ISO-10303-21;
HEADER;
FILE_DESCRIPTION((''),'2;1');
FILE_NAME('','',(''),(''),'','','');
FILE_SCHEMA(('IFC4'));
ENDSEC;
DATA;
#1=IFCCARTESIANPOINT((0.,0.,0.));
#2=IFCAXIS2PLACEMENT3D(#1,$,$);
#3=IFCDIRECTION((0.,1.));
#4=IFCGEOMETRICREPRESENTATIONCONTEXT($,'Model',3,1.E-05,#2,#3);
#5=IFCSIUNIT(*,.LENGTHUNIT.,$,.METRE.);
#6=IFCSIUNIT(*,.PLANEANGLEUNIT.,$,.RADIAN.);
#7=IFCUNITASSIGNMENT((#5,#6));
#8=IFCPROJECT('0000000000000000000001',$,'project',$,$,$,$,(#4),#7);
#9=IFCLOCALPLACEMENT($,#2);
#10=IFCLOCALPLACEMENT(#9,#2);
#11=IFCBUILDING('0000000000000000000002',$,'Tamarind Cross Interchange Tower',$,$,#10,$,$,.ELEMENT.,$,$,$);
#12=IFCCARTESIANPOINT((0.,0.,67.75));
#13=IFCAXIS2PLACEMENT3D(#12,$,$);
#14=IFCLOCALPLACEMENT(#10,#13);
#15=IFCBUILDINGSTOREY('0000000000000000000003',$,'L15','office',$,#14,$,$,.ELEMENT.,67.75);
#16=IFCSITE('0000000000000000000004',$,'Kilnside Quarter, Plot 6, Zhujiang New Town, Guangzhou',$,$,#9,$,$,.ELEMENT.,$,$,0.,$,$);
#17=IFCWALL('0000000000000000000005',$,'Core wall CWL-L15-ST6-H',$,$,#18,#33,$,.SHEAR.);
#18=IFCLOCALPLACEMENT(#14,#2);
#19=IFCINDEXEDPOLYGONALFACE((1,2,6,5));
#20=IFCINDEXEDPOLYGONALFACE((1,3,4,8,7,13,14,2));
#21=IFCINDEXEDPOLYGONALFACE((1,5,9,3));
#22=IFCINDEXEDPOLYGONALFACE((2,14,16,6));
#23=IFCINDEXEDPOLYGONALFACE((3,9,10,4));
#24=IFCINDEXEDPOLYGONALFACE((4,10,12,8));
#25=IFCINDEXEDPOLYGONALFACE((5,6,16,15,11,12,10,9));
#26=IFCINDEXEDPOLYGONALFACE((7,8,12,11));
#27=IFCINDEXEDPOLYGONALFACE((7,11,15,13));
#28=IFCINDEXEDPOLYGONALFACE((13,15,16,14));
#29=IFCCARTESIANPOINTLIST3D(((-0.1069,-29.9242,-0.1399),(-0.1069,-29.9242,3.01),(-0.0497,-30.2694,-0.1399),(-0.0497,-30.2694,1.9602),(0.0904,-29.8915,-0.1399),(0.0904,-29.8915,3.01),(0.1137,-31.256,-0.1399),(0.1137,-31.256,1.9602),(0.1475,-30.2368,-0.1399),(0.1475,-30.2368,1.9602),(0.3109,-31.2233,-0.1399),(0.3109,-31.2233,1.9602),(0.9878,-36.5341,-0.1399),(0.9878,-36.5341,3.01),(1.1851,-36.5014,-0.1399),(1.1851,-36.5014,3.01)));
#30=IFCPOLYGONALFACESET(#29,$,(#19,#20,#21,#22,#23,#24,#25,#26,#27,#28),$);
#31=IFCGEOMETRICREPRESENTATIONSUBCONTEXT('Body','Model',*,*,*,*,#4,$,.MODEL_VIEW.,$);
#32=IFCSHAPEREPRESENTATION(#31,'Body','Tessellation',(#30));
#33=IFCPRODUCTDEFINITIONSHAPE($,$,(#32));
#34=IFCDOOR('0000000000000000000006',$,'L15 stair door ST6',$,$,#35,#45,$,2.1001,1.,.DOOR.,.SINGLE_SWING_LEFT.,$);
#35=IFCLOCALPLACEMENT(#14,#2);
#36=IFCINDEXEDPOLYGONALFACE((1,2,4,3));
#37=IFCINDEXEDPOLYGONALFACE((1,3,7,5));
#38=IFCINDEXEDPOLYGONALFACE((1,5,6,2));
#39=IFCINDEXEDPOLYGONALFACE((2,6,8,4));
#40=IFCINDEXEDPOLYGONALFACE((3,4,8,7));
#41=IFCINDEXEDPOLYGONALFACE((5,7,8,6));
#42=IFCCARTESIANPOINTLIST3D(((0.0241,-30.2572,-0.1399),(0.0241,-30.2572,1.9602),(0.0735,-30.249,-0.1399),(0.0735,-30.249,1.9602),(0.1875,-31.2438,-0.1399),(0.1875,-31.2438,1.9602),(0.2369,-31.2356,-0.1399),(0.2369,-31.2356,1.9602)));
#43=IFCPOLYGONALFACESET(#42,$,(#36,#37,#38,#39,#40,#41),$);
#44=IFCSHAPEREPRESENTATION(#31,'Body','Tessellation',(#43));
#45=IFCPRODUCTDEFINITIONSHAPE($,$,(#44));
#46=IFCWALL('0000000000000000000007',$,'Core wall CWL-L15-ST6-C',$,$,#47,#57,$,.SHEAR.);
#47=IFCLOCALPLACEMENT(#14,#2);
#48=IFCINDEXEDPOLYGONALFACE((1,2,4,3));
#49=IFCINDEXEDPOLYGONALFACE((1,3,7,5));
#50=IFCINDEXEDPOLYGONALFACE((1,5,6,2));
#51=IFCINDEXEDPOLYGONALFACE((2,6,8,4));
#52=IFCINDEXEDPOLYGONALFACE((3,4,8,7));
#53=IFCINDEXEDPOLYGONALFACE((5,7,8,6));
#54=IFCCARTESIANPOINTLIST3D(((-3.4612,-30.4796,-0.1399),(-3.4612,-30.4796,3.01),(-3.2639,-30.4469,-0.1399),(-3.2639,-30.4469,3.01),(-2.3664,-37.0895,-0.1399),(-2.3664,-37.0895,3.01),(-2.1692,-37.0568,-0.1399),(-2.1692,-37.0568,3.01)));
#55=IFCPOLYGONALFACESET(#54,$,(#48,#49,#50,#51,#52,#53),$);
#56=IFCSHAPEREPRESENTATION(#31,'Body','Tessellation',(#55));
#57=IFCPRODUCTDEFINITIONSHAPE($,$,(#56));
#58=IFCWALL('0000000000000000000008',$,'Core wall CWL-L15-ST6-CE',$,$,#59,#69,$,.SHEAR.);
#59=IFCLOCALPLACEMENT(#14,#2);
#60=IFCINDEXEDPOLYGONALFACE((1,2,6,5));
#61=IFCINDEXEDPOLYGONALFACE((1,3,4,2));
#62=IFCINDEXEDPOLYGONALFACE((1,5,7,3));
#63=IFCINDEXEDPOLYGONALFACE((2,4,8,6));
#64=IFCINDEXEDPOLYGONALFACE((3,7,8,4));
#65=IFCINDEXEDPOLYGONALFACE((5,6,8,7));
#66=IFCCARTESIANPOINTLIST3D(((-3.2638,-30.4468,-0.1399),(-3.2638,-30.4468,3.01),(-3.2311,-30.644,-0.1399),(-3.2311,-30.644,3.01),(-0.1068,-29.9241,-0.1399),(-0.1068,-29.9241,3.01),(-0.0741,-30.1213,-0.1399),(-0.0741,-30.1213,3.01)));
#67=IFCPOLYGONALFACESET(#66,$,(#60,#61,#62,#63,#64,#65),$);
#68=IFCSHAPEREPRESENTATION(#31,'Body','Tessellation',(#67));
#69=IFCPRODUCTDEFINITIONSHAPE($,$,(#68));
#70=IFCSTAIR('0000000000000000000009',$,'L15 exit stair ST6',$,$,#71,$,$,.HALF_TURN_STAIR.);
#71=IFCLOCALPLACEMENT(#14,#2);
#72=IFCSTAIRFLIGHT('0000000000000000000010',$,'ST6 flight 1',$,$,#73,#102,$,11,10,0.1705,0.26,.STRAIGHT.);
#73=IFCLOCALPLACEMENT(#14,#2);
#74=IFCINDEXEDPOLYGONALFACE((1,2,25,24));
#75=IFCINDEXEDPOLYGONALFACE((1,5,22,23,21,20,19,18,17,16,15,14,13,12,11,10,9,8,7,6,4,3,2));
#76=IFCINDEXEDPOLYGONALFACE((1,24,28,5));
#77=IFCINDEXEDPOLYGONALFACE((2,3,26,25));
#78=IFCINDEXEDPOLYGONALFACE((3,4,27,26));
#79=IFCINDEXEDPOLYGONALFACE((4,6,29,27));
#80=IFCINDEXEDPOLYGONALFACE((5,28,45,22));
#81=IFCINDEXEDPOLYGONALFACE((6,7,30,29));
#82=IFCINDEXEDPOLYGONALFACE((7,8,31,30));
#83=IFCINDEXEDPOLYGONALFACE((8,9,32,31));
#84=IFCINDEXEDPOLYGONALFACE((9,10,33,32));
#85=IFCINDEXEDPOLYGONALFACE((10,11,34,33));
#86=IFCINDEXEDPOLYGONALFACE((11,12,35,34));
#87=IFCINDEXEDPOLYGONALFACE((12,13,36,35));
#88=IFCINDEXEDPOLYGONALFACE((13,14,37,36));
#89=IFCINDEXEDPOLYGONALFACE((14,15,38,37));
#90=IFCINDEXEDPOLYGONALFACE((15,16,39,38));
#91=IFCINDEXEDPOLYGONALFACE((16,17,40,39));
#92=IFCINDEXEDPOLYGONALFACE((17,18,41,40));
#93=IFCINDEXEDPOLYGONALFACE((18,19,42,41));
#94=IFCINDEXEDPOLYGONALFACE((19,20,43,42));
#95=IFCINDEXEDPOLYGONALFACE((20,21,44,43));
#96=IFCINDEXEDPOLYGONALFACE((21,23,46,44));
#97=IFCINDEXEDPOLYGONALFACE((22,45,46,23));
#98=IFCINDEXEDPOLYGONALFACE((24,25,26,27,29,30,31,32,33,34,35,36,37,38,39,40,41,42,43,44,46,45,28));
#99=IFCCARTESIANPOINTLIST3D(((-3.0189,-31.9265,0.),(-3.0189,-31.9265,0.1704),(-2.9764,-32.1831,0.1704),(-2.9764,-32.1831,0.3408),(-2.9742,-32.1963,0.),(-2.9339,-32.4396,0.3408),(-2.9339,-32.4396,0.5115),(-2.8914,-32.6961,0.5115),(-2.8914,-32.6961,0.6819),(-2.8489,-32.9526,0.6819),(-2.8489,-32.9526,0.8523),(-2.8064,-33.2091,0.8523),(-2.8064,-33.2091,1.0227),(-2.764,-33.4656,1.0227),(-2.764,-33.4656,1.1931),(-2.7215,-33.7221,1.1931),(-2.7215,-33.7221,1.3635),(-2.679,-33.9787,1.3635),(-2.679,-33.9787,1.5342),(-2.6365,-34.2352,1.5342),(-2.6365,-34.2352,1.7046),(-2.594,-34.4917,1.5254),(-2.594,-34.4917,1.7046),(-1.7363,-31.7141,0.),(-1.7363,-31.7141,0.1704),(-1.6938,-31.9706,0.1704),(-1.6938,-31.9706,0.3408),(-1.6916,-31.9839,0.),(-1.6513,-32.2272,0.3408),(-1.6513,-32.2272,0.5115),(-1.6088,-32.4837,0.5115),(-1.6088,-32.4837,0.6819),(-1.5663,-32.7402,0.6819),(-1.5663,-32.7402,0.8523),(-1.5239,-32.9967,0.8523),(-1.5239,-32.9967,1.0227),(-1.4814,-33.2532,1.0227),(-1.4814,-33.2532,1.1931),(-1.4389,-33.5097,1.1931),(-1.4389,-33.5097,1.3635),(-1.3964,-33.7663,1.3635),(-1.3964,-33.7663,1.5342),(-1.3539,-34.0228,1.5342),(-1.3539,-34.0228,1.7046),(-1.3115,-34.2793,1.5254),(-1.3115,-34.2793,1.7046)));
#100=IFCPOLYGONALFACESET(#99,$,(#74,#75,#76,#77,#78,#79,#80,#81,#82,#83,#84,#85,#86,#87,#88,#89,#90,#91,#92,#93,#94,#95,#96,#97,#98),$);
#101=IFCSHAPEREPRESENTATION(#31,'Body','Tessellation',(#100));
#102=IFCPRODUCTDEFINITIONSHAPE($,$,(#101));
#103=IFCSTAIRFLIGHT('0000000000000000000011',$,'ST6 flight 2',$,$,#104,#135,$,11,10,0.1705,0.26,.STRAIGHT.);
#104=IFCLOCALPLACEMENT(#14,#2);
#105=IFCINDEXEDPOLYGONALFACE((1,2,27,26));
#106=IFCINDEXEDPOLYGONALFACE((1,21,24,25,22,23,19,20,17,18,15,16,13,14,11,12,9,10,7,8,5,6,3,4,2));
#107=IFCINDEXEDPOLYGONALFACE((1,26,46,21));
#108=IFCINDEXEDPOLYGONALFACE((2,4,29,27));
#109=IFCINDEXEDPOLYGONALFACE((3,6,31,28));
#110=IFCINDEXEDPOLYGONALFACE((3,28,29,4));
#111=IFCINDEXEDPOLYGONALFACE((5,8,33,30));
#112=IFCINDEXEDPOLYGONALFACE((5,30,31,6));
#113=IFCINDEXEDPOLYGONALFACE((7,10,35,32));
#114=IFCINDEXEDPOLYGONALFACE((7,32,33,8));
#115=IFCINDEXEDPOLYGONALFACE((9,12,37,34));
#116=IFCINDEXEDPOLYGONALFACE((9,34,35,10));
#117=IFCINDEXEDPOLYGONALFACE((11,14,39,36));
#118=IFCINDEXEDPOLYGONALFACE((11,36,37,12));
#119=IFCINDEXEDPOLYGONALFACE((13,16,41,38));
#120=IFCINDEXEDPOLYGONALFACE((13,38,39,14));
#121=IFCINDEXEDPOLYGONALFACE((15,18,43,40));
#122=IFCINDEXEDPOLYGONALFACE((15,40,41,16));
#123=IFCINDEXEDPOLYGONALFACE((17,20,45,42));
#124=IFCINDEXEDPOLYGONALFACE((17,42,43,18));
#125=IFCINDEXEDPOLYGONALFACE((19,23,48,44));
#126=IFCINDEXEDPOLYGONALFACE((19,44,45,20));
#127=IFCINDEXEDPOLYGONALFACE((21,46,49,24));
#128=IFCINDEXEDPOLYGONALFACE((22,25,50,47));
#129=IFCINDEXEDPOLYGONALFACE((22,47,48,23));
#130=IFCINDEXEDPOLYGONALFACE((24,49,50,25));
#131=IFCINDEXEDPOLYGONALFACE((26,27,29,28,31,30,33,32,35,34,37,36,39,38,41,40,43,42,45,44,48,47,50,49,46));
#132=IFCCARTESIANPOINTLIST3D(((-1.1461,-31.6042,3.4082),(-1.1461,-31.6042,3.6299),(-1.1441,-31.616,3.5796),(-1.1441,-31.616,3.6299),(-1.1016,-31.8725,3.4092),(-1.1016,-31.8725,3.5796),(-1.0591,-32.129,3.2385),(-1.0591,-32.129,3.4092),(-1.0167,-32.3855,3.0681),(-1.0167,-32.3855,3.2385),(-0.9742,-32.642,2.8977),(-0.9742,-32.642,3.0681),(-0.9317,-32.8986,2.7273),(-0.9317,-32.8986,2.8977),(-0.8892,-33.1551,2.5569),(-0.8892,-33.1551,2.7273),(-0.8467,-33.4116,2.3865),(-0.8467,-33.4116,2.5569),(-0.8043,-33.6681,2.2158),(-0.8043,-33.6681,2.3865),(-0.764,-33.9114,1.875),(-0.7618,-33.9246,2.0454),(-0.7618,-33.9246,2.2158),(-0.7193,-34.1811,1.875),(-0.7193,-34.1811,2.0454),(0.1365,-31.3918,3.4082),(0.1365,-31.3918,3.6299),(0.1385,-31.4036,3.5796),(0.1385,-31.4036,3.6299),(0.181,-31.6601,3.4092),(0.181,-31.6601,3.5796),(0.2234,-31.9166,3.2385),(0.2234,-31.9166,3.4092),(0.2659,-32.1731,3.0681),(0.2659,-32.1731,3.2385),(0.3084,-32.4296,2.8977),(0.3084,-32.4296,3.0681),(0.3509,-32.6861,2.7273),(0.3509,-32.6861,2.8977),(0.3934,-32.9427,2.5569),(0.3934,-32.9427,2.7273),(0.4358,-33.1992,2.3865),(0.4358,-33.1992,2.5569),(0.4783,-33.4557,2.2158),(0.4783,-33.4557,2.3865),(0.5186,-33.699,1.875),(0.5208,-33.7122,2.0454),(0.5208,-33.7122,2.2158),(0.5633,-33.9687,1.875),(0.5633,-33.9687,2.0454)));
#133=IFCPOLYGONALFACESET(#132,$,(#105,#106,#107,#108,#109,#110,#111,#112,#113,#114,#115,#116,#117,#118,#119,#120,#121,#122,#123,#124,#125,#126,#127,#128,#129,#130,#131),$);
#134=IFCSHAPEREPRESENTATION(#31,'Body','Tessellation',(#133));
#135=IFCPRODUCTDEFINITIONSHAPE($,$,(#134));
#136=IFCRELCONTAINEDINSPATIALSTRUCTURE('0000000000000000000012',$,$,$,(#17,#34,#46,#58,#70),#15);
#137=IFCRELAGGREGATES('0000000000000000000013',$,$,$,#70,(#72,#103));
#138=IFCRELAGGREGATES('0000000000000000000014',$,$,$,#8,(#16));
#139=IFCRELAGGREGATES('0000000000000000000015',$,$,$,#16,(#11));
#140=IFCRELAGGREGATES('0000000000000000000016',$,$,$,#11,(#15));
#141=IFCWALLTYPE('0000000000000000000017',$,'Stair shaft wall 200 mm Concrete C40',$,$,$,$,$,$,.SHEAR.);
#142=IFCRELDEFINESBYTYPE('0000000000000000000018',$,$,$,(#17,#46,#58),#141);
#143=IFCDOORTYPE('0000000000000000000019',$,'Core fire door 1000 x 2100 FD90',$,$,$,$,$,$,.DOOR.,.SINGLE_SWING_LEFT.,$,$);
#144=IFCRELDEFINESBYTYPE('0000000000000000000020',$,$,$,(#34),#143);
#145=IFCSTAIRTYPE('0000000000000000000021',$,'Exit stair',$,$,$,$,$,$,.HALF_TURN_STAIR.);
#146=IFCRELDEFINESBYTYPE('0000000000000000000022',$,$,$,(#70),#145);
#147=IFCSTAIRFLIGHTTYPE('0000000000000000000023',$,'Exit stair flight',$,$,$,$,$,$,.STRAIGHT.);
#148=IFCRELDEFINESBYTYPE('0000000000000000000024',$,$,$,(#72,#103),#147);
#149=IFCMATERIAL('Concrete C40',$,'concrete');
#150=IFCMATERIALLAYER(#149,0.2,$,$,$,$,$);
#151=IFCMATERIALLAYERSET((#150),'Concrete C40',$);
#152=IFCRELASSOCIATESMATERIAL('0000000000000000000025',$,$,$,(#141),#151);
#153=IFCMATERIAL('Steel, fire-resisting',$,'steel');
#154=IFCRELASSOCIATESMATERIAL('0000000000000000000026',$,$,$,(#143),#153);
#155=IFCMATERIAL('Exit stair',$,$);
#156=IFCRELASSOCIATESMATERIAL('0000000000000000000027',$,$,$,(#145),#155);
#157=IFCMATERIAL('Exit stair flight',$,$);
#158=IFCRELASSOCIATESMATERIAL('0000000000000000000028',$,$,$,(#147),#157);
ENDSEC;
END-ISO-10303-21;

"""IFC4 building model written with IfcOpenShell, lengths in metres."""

from ifc_helpers import new_model, si_unit, direction, frame, frame_2d, origin, place, context, subcontext, project, spatial, polyline, rectangle, outline, extrude, material, layer, layer_set, type_object, element, fill, aggregate, save


model = new_model("IFC4")

# Units and contexts
model_context = context("Model", 3, precision=1e-05, world=origin(), true_north=direction((0.0, 1.0)))
body_context = subcontext(model_context, "Body", "Model", "MODEL_VIEW")
ifc_project = project(units=[si_unit("LENGTHUNIT", "METRE"), si_unit("PLANEANGLEUNIT", "RADIAN")], contexts=[model_context])

# Site, building, storey
site_placement = place(None, origin())
site = spatial("IfcSite", under=ifc_project, at=site_placement, Name="Kilnside Quarter, Plot 6, Zhujiang New Town, Guangzhou", CompositionType="ELEMENT", RefElevation=0.0)
building_placement = place(site_placement, origin())
building = spatial("IfcBuilding", under=site, at=building_placement, Name="Tamarind Cross Interchange Tower", CompositionType="ELEMENT")
storey_placement = place(building_placement, frame((0.0, 0.0, 67.75)))
storey = spatial("IfcBuildingStorey", under=building, at=storey_placement, Name="L15", Description="office", CompositionType="ELEMENT", Elevation=67.75)

# Shared definitions
ifc_material_1 = material(Name="Concrete C40", Category="concrete")

# Wall, opening, door
ifc_layer_1 = layer(ifc_material_1, 0.2)
ifc_layer_set_1 = layer_set([ifc_layer_1], Name="Concrete C40")
wall_type_1 = type_object("IfcWallType", Name="Stair shaft wall 200 mm Concrete C40", PredefinedType="SHEAR", material=ifc_layer_set_1)
wall_1_placement = place(storey_placement, frame((-0.0083, -29.9077, -0.1399), z_axis=(0.0, 0.0, 1.0), x_axis=(0.163394, -0.986561, 0.0)))
wall_1 = element("IfcWall", 1, at=wall_1_placement, inside=storey, type_object=wall_type_1, Name="Core wall CWL-L15-ST6-H", PredefinedType="SHEAR", context=body_context, shape_type="SweptSolid", body=[
    extrude(rectangle(XDim=6.7, YDim=0.2, at=frame_2d((3.3501, 0.0))), origin(), (0.0, 0.0, 1.0), 3.1499),
])
opening_1_placement = place(wall_1_placement, frame((0.3501, 0.0, 0.0)))
opening_1 = element("IfcOpeningElement", 2, at=opening_1_placement, cuts=wall_1, PredefinedType="OPENING", context=body_context, shape_type="SweptSolid", body=[
    extrude(rectangle(XDim=1.0, YDim=2.1001, at=frame_2d((0.5, 1.05))), frame((0.0, 0.1099, 0.0), z_axis=(0.0, -1.0, 0.0), x_axis=(1.0, 0.0, 0.0)), (0.0, 0.0, 1.0), 0.22),
])
ifc_material_2 = material(Name="Steel, fire-resisting", Category="steel")
door_type_1 = type_object("IfcDoorType", Name="Core fire door 1000 x 2100 FD90", OperationType="SINGLE_SWING_LEFT", PredefinedType="DOOR", material=ifc_material_2)
door_1_placement = place(opening_1_placement, origin())
door_1 = element("IfcDoor", 3, at=door_1_placement, inside=storey, type_object=door_type_1, Name="L15 stair door ST6", OperationType="SINGLE_SWING_LEFT", OverallHeight=2.1001, OverallWidth=1.0, PredefinedType="DOOR", context=body_context, shape_type="SweptSolid", body=[
    extrude(rectangle(XDim=1.0, YDim=2.1001, at=frame_2d((0.5, 1.05))), frame((0.0, 0.0249, 0.0), z_axis=(0.0, -1.0, 0.0), x_axis=(1.0, 0.0, 0.0)), (0.0, 0.0, 1.0), 0.05),
])
fill(opening_1, door_1)

# Walls
wall_2_placement = place(storey_placement, frame((-3.3625, -30.4631, -0.1399), z_axis=(0.0, 0.0, 1.0), x_axis=(0.163394, -0.986561, 0.0)))
element("IfcWall", 4, at=wall_2_placement, inside=storey, type_object=wall_type_1, Name="Core wall CWL-L15-ST6-C", PredefinedType="SHEAR", context=body_context, shape_type="SweptSolid", body=[
    extrude(rectangle(XDim=6.7, YDim=0.2, at=frame_2d((3.3501, 0.0))), origin(), (0.0, 0.0, 1.0), 3.1499),
])
wall_3_placement = place(storey_placement, frame((-3.2476, -30.5454, -0.1399), z_axis=(0.0, 0.0, 1.0), x_axis=(0.986569, 0.163347, 0.0)))
element("IfcWall", 5, at=wall_3_placement, inside=storey, type_object=wall_type_1, Name="Core wall CWL-L15-ST6-CE", PredefinedType="SHEAR", context=body_context, shape_type="SweptSolid", body=[
    extrude(rectangle(XDim=3.2, YDim=0.2, at=frame_2d((1.6001, 0.0))), origin(), (0.0, 0.0, 1.0), 3.1499),
])

# Stair, stair flights
ifc_material_3 = material(Name="Exit stair")
stair_type = type_object("IfcStairType", Name="Exit stair", PredefinedType="HALF_TURN_STAIR", material=ifc_material_3)
stair_placement = place(storey_placement, origin())
stair = element("IfcStair", 6, at=stair_placement, inside=storey, type_object=stair_type, Name="L15 exit stair ST6", PredefinedType="HALF_TURN_STAIR")
ifc_material_4 = material(Name="Exit stair flight")
stair_flight_type = type_object("IfcStairFlightType", Name="Exit stair flight", PredefinedType="STRAIGHT", material=ifc_material_4)
stair_flight_1_placement = place(storey_placement, frame((-2.3774, -31.8203, 0.0), z_axis=(0.0, 0.0, 1.0), x_axis=(0.163381, -0.986563, 0.0)))
stair_flight_1 = element("IfcStairFlight", 7, at=stair_flight_1_placement, type_object=stair_flight_type, Name="ST6 flight 1", NumberOfRisers=11, NumberOfTreads=10, PredefinedType="STRAIGHT", RiserHeight=0.1705, TreadLength=0.26, context=body_context, shape_type="SweptSolid", body=[
    extrude(outline(polyline([(0.0, 0.0), (0.0, 0.1704), (0.26, 0.1704), (0.26, 0.3408), (0.52, 0.3408), (0.52, 0.5115), (0.78, 0.5115), (0.78, 0.6819), (1.04, 0.6819), (1.04, 0.8523), (1.3, 0.8523), (1.3, 1.0227), (1.5601, 1.0227), (1.5601, 1.1931), (1.8201, 1.1931), (1.8201, 1.3635), (2.0801, 1.3635), (2.0801, 1.5342), (2.3401, 1.5342), (2.3401, 1.7046), (2.6001, 1.7046), (2.6001, 1.875), (2.6001, 1.5254), (0.2734, 0.0), (0.0, 0.0)])), frame((0.0, 0.6499, 0.0), z_axis=(0.0, -1.0, 0.0), x_axis=(1.0, 0.0, 0.0)), (0.0, 0.0, 1.0), 1.3),
])
stair_flight_2_placement = place(storey_placement, frame((-0.0781, -34.075, 1.875), z_axis=(0.0, 0.0, 1.0), x_axis=(-0.163381, 0.986563, 0.0)))
stair_flight_2 = element("IfcStairFlight", 8, at=stair_flight_2_placement, type_object=stair_flight_type, Name="ST6 flight 2", NumberOfRisers=11, NumberOfTreads=10, PredefinedType="STRAIGHT", RiserHeight=0.1705, TreadLength=0.26, context=body_context, shape_type="SweptSolid", body=[
    extrude(outline(polyline([(0.0, 0.0), (0.0, 0.1704), (0.26, 0.1704), (0.26, 0.3408), (0.52, 0.3408), (0.52, 0.5115), (0.78, 0.5115), (0.78, 0.6819), (1.04, 0.6819), (1.04, 0.8523), (1.3, 0.8523), (1.3, 1.0227), (1.5601, 1.0227), (1.5601, 1.1931), (1.8201, 1.1931), (1.8201, 1.3635), (2.0801, 1.3635), (2.0801, 1.5342), (2.3401, 1.5342), (2.3401, 1.7046), (2.6001, 1.7046), (2.6001, 1.7549), (2.6121, 1.7549), (2.6121, 1.5332), (0.2734, 0.0), (0.0, 0.0)])), frame((0.0, 0.6499, 0.0), z_axis=(0.0, -1.0, 0.0), x_axis=(1.0, 0.0, 0.0)), (0.0, 0.0, 1.0), 1.3),
])
aggregate(stair, [stair_flight_1, stair_flight_2])

save(model, "model.ifc")
